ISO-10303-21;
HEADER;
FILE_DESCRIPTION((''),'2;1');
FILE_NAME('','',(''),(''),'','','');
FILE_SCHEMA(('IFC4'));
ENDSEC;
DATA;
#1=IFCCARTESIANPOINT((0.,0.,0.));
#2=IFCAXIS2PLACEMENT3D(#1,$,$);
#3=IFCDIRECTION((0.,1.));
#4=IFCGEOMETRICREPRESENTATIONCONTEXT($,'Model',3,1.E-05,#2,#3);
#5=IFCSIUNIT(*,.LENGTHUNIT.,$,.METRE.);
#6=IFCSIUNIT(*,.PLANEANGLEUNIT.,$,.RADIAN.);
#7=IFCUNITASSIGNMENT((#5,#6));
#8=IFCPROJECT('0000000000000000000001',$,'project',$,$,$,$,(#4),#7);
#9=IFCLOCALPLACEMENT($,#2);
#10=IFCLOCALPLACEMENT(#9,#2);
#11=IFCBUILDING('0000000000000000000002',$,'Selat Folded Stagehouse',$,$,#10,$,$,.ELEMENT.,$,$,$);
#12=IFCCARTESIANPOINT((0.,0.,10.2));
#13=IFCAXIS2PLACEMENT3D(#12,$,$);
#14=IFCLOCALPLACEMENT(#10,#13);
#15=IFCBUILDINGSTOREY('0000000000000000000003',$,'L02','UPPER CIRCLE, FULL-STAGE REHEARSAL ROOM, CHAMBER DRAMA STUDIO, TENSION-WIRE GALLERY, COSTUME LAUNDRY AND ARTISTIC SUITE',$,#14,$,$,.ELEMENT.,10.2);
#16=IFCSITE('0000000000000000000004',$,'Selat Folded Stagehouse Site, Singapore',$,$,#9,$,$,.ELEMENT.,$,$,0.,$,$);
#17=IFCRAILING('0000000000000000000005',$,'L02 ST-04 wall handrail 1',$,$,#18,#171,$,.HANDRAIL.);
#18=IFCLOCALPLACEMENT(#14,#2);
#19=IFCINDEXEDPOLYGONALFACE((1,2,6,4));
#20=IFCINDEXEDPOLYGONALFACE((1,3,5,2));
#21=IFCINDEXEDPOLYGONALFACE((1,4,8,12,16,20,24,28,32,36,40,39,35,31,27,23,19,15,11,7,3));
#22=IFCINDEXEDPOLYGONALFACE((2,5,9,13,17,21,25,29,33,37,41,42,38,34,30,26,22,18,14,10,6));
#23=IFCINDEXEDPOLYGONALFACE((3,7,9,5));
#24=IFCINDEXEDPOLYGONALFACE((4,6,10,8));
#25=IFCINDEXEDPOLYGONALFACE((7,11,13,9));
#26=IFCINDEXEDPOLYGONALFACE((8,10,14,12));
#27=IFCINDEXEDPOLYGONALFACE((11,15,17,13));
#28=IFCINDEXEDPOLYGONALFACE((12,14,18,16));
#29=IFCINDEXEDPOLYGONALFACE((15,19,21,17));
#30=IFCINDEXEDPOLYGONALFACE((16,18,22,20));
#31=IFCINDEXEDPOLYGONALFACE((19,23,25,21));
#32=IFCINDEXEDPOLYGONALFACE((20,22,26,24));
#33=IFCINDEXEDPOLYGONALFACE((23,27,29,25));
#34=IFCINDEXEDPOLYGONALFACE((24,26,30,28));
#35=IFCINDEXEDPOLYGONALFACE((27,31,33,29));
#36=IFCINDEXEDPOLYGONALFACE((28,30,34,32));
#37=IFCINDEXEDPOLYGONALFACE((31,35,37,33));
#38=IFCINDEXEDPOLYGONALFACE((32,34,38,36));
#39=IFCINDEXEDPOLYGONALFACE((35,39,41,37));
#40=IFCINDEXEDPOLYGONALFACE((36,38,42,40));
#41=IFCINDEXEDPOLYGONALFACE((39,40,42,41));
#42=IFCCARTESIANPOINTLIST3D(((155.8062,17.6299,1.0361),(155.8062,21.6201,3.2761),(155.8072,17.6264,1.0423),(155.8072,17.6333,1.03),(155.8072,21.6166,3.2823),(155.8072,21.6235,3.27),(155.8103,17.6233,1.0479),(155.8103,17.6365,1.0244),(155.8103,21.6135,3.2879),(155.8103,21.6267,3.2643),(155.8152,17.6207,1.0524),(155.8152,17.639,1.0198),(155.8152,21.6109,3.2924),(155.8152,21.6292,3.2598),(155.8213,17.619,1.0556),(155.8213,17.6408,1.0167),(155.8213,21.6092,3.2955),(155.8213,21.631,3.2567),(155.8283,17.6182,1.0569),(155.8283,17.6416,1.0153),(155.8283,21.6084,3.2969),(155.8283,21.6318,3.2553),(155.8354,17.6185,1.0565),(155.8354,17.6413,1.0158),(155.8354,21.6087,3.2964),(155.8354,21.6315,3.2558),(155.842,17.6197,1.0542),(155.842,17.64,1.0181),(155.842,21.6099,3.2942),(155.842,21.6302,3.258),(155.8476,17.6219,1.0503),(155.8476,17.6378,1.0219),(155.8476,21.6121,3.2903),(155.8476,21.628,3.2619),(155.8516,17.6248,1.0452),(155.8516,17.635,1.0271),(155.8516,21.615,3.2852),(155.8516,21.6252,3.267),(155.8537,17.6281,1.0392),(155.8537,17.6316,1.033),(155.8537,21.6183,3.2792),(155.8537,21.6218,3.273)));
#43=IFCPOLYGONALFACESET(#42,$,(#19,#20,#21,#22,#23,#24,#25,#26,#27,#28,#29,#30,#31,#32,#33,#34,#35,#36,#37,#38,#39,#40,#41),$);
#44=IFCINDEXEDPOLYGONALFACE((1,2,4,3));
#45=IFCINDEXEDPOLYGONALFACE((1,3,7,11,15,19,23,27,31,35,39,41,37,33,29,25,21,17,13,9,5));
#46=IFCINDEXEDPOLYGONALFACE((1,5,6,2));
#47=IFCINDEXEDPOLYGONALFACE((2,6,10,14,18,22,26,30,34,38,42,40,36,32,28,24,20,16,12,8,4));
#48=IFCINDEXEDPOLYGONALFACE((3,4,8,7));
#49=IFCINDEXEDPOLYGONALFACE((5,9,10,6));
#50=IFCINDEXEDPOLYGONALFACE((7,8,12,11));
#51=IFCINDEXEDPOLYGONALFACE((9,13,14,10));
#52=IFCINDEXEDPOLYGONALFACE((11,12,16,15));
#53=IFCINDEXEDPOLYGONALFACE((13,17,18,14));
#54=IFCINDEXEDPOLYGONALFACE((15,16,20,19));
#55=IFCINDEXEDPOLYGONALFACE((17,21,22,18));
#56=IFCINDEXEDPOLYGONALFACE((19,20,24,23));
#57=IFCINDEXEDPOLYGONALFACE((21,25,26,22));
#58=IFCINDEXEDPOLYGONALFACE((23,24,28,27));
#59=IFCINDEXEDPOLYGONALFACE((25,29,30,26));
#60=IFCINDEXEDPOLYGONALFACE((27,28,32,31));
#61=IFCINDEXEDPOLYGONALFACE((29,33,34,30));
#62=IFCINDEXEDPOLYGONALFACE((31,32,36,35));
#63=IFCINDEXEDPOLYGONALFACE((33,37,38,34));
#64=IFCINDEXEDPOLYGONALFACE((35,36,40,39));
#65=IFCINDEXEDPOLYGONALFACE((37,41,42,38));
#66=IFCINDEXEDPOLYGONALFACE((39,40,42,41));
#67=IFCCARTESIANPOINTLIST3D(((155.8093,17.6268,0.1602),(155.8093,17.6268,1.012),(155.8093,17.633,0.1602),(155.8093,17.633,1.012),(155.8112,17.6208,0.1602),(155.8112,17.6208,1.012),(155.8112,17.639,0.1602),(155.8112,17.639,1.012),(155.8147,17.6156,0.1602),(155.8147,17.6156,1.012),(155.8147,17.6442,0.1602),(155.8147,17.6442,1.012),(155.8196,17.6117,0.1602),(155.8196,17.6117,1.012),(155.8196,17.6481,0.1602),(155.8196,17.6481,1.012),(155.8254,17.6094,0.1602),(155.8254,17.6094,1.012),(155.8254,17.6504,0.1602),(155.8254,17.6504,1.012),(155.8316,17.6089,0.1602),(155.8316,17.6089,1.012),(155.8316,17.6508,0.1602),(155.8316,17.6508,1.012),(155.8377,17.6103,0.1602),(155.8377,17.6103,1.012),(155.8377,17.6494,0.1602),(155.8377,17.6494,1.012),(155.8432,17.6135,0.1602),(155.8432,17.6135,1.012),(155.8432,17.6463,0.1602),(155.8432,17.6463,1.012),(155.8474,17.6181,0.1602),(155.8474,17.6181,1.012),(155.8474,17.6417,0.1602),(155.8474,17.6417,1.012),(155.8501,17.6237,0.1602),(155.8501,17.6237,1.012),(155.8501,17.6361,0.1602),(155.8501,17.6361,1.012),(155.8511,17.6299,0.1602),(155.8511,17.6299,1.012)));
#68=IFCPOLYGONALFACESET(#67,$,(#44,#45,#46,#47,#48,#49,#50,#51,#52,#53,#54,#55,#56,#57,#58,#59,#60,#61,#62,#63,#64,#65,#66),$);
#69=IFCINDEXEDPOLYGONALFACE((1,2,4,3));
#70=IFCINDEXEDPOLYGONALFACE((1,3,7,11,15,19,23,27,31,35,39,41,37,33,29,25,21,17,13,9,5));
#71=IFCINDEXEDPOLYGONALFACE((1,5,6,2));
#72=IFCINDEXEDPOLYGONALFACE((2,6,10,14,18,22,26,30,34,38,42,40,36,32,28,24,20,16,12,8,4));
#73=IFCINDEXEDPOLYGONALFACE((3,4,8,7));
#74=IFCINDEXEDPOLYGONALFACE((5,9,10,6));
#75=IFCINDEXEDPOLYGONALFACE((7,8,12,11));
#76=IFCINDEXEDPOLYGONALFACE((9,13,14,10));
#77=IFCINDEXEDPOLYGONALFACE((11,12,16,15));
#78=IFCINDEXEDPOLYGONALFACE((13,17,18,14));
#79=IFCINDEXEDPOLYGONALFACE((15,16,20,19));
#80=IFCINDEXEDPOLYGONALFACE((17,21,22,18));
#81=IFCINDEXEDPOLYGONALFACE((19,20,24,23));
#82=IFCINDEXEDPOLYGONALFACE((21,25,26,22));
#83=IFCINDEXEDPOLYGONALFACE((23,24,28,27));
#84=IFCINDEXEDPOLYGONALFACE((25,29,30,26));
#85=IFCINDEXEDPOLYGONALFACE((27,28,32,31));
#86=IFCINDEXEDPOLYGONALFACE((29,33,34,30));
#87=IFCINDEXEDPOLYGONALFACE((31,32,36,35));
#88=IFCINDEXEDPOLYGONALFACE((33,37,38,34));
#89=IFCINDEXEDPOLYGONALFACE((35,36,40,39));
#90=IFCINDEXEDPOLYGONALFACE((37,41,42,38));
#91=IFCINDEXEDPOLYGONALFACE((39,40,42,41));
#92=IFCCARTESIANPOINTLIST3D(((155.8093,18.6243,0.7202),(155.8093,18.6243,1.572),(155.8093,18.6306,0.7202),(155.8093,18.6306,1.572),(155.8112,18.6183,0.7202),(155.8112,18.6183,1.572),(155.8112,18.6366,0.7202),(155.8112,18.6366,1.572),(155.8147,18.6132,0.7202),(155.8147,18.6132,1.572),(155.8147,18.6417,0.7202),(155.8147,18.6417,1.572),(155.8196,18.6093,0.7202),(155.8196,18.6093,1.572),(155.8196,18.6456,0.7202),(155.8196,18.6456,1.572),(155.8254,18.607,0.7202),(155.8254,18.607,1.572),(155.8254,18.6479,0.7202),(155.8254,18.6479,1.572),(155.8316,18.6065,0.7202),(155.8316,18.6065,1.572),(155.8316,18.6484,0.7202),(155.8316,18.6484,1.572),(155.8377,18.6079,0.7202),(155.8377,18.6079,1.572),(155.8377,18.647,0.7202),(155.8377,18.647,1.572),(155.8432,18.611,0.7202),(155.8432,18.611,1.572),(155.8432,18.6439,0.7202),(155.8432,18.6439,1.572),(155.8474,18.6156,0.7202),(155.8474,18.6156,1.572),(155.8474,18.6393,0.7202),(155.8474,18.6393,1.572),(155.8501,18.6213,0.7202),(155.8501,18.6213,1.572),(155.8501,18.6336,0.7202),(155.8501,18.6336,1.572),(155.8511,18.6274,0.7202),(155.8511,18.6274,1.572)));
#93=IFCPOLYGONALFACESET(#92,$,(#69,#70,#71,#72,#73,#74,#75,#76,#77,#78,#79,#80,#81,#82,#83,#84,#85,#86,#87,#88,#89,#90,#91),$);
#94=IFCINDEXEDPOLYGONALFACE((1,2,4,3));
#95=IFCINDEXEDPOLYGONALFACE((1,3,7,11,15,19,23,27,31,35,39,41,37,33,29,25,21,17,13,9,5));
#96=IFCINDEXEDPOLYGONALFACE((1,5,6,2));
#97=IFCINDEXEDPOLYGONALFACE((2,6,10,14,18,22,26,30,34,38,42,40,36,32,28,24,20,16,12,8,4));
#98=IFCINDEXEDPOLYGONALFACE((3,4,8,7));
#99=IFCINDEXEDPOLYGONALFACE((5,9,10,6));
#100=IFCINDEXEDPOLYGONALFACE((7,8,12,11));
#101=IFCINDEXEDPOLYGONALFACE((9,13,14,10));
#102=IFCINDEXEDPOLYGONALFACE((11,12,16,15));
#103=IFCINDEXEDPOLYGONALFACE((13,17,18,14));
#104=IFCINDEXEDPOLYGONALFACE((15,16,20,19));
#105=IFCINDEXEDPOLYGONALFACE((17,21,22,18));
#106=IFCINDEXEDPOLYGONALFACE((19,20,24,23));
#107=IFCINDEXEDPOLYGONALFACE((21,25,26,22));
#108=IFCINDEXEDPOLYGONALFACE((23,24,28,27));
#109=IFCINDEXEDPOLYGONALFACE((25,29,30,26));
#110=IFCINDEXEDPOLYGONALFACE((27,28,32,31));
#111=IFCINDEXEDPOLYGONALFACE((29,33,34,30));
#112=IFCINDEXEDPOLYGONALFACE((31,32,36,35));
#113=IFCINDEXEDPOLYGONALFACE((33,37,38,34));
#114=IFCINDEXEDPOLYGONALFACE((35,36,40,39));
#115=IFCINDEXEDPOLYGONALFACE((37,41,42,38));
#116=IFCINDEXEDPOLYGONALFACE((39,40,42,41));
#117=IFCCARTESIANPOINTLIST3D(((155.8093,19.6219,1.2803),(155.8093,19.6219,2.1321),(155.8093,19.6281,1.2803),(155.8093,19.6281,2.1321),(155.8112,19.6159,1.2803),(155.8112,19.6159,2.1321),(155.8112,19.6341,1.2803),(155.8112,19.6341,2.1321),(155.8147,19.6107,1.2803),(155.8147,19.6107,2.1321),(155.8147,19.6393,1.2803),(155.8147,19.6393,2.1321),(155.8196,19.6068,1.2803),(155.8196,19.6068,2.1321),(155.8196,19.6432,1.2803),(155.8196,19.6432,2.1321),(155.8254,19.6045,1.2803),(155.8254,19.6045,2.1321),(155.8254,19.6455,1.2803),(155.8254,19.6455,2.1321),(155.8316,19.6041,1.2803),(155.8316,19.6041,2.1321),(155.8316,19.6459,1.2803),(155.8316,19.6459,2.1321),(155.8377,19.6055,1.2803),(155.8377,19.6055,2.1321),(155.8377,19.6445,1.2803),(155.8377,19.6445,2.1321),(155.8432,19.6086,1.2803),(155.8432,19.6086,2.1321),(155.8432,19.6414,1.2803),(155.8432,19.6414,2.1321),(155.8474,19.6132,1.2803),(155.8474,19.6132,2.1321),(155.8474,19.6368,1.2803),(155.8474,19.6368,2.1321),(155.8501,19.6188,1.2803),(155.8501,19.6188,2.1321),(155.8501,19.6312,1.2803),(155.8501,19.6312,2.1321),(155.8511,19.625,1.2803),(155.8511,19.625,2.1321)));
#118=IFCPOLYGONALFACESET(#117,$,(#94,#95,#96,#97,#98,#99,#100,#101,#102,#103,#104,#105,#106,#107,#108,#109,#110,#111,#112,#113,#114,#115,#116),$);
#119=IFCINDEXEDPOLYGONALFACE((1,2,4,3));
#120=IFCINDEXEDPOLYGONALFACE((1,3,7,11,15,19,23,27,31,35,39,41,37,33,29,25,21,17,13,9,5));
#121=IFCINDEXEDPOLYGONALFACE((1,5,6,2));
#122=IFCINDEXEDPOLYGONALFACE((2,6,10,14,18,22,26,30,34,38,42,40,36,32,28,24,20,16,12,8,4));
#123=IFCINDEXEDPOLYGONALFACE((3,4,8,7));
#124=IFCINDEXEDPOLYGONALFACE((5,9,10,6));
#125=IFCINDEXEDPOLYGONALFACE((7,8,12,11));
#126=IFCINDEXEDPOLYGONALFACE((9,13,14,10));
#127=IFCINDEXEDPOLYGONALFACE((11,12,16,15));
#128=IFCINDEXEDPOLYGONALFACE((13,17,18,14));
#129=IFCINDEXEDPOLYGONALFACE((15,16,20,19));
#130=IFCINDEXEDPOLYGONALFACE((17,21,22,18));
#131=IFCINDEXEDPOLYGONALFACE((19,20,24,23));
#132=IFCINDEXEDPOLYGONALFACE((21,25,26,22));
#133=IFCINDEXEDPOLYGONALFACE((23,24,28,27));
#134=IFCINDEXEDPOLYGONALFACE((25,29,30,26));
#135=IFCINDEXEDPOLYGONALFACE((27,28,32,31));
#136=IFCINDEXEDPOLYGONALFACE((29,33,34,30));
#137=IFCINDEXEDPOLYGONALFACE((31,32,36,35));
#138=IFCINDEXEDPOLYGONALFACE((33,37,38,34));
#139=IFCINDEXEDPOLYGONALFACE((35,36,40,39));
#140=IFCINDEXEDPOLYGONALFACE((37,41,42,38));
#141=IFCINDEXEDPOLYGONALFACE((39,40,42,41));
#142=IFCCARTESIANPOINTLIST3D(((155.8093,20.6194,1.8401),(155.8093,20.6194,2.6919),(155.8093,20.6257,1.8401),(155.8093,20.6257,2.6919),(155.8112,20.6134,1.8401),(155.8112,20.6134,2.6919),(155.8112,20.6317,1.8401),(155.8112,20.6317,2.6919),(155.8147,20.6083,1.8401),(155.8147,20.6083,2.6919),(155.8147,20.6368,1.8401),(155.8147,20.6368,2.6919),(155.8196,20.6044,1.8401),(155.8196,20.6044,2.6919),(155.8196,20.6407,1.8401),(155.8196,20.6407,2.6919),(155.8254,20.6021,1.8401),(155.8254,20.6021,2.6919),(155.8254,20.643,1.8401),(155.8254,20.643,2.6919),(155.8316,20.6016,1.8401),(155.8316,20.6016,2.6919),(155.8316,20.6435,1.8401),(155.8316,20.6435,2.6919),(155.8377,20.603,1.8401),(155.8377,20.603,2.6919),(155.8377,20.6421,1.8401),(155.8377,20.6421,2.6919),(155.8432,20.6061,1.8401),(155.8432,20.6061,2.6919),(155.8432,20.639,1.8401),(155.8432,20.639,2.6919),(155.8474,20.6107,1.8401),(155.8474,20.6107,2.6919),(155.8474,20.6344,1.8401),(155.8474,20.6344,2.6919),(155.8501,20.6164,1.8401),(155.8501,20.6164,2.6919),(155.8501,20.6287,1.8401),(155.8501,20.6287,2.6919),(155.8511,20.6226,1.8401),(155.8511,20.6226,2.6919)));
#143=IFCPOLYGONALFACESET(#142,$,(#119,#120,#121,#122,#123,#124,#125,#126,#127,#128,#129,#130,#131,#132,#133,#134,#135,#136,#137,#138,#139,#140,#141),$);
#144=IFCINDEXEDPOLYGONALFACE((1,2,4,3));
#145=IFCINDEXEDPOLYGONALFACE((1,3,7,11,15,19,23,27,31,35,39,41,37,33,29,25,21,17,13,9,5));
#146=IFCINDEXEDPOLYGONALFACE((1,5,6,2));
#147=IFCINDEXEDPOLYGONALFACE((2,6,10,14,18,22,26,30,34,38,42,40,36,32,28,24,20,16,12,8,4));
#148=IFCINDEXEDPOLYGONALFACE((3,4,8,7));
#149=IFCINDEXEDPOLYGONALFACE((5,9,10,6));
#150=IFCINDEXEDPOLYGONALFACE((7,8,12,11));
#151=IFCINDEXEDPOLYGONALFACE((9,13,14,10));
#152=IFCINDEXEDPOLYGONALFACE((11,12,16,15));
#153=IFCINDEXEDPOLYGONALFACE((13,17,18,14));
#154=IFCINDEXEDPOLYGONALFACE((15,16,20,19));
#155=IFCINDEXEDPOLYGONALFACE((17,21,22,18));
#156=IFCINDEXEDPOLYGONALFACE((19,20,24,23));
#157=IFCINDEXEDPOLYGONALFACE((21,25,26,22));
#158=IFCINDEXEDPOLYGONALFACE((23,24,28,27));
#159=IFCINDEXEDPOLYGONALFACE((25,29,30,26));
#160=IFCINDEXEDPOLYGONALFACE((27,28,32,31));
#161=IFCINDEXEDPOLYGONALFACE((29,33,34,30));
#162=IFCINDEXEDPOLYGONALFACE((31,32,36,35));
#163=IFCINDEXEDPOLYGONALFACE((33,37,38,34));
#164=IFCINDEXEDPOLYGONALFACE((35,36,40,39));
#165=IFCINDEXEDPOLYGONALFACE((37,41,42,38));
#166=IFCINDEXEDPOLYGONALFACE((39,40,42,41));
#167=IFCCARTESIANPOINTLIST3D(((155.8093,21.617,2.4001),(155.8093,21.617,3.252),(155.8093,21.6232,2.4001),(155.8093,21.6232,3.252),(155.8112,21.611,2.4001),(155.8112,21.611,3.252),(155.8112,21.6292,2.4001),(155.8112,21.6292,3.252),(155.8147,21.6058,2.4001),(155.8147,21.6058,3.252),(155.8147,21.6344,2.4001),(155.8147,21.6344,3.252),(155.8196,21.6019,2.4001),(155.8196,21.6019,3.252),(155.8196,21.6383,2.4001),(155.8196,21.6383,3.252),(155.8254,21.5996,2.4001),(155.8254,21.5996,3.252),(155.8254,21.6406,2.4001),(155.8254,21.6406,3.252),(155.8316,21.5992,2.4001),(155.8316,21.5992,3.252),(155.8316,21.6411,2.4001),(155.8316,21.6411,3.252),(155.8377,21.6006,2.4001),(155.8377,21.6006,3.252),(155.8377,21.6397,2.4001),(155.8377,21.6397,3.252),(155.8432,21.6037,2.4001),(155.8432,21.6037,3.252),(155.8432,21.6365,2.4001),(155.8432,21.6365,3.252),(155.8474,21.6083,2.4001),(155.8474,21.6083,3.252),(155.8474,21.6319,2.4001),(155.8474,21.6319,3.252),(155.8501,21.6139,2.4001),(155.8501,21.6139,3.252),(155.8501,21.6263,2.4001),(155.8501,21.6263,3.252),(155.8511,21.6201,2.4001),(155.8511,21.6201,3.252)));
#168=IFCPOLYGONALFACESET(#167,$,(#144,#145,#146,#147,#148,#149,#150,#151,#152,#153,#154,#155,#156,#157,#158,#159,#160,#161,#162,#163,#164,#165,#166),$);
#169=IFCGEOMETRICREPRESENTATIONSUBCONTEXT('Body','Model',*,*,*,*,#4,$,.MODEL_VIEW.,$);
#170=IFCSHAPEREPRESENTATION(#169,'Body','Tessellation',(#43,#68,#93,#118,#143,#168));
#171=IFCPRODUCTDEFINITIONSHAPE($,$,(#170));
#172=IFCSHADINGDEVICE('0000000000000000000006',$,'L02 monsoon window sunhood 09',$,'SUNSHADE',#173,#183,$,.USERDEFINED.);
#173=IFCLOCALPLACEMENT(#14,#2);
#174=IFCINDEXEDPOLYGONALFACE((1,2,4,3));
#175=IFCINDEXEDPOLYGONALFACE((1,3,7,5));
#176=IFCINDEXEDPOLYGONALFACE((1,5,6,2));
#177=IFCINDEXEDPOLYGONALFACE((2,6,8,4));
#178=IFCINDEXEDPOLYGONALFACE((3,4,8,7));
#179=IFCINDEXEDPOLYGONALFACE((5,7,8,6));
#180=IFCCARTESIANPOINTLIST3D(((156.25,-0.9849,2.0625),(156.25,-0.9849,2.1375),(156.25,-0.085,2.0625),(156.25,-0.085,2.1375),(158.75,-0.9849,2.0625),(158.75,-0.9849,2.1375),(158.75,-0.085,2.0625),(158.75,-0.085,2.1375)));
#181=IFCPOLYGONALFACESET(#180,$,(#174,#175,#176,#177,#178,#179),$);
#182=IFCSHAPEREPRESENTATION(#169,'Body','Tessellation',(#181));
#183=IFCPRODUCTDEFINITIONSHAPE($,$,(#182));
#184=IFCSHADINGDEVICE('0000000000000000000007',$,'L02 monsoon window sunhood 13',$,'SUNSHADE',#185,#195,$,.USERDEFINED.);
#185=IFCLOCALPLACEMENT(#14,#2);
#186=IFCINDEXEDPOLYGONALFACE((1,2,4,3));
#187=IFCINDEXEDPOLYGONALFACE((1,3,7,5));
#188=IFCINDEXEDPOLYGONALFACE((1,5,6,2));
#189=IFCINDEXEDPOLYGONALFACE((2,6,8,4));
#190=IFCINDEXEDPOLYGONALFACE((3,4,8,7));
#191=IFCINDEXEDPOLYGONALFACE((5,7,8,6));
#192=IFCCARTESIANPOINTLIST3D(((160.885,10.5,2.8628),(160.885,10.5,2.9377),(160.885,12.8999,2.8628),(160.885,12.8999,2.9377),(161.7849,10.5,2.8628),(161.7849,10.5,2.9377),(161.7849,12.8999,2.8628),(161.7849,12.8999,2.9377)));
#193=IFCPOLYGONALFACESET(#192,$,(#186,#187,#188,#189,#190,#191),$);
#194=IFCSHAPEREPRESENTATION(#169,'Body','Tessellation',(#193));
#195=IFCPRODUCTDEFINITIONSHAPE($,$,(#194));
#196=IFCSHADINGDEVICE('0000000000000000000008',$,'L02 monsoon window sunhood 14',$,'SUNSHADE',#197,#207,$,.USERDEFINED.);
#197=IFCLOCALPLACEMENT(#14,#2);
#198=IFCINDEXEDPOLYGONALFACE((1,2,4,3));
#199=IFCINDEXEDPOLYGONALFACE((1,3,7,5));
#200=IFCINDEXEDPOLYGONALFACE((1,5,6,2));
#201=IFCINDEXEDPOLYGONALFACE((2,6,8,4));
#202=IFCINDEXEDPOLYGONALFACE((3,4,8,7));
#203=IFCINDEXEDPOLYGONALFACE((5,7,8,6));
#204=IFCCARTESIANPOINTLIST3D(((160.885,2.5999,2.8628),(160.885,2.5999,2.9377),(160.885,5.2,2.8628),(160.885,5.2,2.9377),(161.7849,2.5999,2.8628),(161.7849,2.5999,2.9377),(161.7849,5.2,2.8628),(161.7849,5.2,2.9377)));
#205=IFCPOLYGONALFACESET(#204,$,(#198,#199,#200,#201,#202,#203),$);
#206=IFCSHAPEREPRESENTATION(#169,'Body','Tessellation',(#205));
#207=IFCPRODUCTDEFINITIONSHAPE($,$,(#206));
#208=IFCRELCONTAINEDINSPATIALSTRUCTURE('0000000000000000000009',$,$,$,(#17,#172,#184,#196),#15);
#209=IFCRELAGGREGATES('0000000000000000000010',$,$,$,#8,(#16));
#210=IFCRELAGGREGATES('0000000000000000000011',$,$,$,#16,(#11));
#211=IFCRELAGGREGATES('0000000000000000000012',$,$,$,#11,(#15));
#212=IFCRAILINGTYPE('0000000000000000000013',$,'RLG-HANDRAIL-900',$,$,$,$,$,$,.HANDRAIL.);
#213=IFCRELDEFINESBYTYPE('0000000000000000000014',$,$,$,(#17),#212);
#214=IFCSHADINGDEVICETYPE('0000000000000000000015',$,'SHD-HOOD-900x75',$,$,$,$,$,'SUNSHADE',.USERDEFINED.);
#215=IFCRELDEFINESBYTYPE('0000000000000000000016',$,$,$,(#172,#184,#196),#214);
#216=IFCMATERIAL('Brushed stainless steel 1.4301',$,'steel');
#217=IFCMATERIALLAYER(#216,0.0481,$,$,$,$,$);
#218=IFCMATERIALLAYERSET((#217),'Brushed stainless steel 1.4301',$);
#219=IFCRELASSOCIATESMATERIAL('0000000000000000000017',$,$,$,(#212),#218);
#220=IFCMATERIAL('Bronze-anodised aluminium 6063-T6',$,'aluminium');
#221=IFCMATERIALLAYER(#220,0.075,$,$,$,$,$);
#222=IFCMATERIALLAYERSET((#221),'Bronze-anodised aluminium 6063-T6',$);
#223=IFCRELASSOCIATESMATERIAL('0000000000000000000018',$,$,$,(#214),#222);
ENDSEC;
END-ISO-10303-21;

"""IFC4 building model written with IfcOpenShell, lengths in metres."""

from ifc_helpers import new_model, si_unit, direction, frame, origin, origin_2d, place, context, subcontext, project, spatial, rectangle, circle, extrude, material, layer, layer_set, type_object, element, save


model = new_model("IFC4")

# Units and contexts
model_context = context("Model", 3, precision=1e-05, world=origin(), true_north=direction((0.0, 1.0)))
body_context = subcontext(model_context, "Body", "Model", "MODEL_VIEW")
ifc_project = project(units=[si_unit("LENGTHUNIT", "METRE"), si_unit("PLANEANGLEUNIT", "RADIAN")], contexts=[model_context])

# Site, building, storey
site_placement = place(None, origin())
site = spatial("IfcSite", under=ifc_project, at=site_placement, Name="Selat Folded Stagehouse Site, Singapore", CompositionType="ELEMENT", RefElevation=0.0)
building_placement = place(site_placement, origin())
building = spatial("IfcBuilding", under=site, at=building_placement, Name="Selat Folded Stagehouse", CompositionType="ELEMENT")
storey_placement = place(building_placement, frame((0.0, 0.0, 10.2)))
storey = spatial("IfcBuildingStorey", under=building, at=storey_placement, Name="L02", Description="UPPER CIRCLE, FULL-STAGE REHEARSAL ROOM, CHAMBER DRAMA STUDIO, TENSION-WIRE GALLERY, COSTUME LAUNDRY AND ARTISTIC SUITE", CompositionType="ELEMENT", Elevation=10.2)

# Railing
ifc_material_1 = material(Name="Brushed stainless steel 1.4301", Category="steel")
ifc_layer_1 = layer(ifc_material_1, 0.0481)
ifc_layer_set_1 = layer_set([ifc_layer_1], Name="Brushed stainless steel 1.4301")
railing_type_1 = type_object("IfcRailingType", Name="RLG-HANDRAIL-900", PredefinedType="HANDRAIL", material=ifc_layer_set_1)
railing_1_placement = place(storey_placement, frame((155.8301, 17.6299, 0.1602)))
element("IfcRailing", 1, at=railing_1_placement, inside=storey, type_object=railing_type_1, Name="L02 ST-04 wall handrail 1", PredefinedType="HANDRAIL", context=body_context, shape_type="SweptSolid", body=[
    extrude(circle(Radius=0.0239, at=origin_2d()), frame((0.0, 0.0, 0.876), z_axis=(0.0, 0.871997, 0.489511), x_axis=(-1.0, 0.0, 0.0)), (0.0, 0.0, 1.0), 4.5759),
    extrude(circle(Radius=0.021, at=origin_2d()), origin(), (0.0, 0.0, 1.0), 0.8518),
    extrude(circle(Radius=0.021, at=origin_2d()), frame((0.0, 0.9976, 0.5601)), (0.0, 0.0, 1.0), 0.8518),
    extrude(circle(Radius=0.021, at=origin_2d()), frame((0.0, 1.9951, 1.1201)), (0.0, 0.0, 1.0), 0.8518),
    extrude(circle(Radius=0.021, at=origin_2d()), frame((0.0, 2.9927, 1.6799)), (0.0, 0.0, 1.0), 0.8518),
    extrude(circle(Radius=0.021, at=origin_2d()), frame((0.0, 3.9902, 2.24)), (0.0, 0.0, 1.0), 0.8518),
])

# Shading devices
ifc_material_2 = material(Name="Bronze-anodised aluminium 6063-T6", Category="aluminium")
ifc_layer_2 = layer(ifc_material_2, 0.075)
ifc_layer_set_2 = layer_set([ifc_layer_2], Name="Bronze-anodised aluminium 6063-T6")
shading_device_type = type_object("IfcShadingDeviceType", Name="SHD-HOOD-900x75", ElementType="SUNSHADE", PredefinedType="USERDEFINED", material=ifc_layer_set_2)
shading_device_1_placement = place(storey_placement, frame((157.5, -0.5349, 2.0625), z_axis=(0.0, 0.0, 1.0), x_axis=(-1.0, 0.0, 0.0)))
element("IfcShadingDevice", 2, at=shading_device_1_placement, inside=storey, type_object=shading_device_type, Name="L02 monsoon window sunhood 09", ObjectType="SUNSHADE", PredefinedType="USERDEFINED", context=body_context, shape_type="SweptSolid", body=[
    extrude(rectangle(XDim=2.5, YDim=0.8999, at=origin_2d()), origin(), (0.0, 0.0, 1.0), 0.075),
])
shading_device_2_placement = place(storey_placement, frame((161.335, 11.7, 2.8628), z_axis=(0.0, 0.0, 1.0), x_axis=(0.0, -1.0, 0.0)))
element("IfcShadingDevice", 3, at=shading_device_2_placement, inside=storey, type_object=shading_device_type, Name="L02 monsoon window sunhood 13", ObjectType="SUNSHADE", PredefinedType="USERDEFINED", context=body_context, shape_type="SweptSolid", body=[
    extrude(rectangle(XDim=2.3999, YDim=0.8999, at=origin_2d()), origin(), (0.0, 0.0, 1.0), 0.075),
])
shading_device_3_placement = place(storey_placement, frame((161.335, 3.8999, 2.8628), z_axis=(0.0, 0.0, 1.0), x_axis=(0.0, -1.0, 0.0)))
element("IfcShadingDevice", 4, at=shading_device_3_placement, inside=storey, type_object=shading_device_type, Name="L02 monsoon window sunhood 14", ObjectType="SUNSHADE", PredefinedType="USERDEFINED", context=body_context, shape_type="SweptSolid", body=[
    extrude(rectangle(XDim=2.6001, YDim=0.8999, at=origin_2d()), origin(), (0.0, 0.0, 1.0), 0.075),
])

save(model, "model.ifc")
